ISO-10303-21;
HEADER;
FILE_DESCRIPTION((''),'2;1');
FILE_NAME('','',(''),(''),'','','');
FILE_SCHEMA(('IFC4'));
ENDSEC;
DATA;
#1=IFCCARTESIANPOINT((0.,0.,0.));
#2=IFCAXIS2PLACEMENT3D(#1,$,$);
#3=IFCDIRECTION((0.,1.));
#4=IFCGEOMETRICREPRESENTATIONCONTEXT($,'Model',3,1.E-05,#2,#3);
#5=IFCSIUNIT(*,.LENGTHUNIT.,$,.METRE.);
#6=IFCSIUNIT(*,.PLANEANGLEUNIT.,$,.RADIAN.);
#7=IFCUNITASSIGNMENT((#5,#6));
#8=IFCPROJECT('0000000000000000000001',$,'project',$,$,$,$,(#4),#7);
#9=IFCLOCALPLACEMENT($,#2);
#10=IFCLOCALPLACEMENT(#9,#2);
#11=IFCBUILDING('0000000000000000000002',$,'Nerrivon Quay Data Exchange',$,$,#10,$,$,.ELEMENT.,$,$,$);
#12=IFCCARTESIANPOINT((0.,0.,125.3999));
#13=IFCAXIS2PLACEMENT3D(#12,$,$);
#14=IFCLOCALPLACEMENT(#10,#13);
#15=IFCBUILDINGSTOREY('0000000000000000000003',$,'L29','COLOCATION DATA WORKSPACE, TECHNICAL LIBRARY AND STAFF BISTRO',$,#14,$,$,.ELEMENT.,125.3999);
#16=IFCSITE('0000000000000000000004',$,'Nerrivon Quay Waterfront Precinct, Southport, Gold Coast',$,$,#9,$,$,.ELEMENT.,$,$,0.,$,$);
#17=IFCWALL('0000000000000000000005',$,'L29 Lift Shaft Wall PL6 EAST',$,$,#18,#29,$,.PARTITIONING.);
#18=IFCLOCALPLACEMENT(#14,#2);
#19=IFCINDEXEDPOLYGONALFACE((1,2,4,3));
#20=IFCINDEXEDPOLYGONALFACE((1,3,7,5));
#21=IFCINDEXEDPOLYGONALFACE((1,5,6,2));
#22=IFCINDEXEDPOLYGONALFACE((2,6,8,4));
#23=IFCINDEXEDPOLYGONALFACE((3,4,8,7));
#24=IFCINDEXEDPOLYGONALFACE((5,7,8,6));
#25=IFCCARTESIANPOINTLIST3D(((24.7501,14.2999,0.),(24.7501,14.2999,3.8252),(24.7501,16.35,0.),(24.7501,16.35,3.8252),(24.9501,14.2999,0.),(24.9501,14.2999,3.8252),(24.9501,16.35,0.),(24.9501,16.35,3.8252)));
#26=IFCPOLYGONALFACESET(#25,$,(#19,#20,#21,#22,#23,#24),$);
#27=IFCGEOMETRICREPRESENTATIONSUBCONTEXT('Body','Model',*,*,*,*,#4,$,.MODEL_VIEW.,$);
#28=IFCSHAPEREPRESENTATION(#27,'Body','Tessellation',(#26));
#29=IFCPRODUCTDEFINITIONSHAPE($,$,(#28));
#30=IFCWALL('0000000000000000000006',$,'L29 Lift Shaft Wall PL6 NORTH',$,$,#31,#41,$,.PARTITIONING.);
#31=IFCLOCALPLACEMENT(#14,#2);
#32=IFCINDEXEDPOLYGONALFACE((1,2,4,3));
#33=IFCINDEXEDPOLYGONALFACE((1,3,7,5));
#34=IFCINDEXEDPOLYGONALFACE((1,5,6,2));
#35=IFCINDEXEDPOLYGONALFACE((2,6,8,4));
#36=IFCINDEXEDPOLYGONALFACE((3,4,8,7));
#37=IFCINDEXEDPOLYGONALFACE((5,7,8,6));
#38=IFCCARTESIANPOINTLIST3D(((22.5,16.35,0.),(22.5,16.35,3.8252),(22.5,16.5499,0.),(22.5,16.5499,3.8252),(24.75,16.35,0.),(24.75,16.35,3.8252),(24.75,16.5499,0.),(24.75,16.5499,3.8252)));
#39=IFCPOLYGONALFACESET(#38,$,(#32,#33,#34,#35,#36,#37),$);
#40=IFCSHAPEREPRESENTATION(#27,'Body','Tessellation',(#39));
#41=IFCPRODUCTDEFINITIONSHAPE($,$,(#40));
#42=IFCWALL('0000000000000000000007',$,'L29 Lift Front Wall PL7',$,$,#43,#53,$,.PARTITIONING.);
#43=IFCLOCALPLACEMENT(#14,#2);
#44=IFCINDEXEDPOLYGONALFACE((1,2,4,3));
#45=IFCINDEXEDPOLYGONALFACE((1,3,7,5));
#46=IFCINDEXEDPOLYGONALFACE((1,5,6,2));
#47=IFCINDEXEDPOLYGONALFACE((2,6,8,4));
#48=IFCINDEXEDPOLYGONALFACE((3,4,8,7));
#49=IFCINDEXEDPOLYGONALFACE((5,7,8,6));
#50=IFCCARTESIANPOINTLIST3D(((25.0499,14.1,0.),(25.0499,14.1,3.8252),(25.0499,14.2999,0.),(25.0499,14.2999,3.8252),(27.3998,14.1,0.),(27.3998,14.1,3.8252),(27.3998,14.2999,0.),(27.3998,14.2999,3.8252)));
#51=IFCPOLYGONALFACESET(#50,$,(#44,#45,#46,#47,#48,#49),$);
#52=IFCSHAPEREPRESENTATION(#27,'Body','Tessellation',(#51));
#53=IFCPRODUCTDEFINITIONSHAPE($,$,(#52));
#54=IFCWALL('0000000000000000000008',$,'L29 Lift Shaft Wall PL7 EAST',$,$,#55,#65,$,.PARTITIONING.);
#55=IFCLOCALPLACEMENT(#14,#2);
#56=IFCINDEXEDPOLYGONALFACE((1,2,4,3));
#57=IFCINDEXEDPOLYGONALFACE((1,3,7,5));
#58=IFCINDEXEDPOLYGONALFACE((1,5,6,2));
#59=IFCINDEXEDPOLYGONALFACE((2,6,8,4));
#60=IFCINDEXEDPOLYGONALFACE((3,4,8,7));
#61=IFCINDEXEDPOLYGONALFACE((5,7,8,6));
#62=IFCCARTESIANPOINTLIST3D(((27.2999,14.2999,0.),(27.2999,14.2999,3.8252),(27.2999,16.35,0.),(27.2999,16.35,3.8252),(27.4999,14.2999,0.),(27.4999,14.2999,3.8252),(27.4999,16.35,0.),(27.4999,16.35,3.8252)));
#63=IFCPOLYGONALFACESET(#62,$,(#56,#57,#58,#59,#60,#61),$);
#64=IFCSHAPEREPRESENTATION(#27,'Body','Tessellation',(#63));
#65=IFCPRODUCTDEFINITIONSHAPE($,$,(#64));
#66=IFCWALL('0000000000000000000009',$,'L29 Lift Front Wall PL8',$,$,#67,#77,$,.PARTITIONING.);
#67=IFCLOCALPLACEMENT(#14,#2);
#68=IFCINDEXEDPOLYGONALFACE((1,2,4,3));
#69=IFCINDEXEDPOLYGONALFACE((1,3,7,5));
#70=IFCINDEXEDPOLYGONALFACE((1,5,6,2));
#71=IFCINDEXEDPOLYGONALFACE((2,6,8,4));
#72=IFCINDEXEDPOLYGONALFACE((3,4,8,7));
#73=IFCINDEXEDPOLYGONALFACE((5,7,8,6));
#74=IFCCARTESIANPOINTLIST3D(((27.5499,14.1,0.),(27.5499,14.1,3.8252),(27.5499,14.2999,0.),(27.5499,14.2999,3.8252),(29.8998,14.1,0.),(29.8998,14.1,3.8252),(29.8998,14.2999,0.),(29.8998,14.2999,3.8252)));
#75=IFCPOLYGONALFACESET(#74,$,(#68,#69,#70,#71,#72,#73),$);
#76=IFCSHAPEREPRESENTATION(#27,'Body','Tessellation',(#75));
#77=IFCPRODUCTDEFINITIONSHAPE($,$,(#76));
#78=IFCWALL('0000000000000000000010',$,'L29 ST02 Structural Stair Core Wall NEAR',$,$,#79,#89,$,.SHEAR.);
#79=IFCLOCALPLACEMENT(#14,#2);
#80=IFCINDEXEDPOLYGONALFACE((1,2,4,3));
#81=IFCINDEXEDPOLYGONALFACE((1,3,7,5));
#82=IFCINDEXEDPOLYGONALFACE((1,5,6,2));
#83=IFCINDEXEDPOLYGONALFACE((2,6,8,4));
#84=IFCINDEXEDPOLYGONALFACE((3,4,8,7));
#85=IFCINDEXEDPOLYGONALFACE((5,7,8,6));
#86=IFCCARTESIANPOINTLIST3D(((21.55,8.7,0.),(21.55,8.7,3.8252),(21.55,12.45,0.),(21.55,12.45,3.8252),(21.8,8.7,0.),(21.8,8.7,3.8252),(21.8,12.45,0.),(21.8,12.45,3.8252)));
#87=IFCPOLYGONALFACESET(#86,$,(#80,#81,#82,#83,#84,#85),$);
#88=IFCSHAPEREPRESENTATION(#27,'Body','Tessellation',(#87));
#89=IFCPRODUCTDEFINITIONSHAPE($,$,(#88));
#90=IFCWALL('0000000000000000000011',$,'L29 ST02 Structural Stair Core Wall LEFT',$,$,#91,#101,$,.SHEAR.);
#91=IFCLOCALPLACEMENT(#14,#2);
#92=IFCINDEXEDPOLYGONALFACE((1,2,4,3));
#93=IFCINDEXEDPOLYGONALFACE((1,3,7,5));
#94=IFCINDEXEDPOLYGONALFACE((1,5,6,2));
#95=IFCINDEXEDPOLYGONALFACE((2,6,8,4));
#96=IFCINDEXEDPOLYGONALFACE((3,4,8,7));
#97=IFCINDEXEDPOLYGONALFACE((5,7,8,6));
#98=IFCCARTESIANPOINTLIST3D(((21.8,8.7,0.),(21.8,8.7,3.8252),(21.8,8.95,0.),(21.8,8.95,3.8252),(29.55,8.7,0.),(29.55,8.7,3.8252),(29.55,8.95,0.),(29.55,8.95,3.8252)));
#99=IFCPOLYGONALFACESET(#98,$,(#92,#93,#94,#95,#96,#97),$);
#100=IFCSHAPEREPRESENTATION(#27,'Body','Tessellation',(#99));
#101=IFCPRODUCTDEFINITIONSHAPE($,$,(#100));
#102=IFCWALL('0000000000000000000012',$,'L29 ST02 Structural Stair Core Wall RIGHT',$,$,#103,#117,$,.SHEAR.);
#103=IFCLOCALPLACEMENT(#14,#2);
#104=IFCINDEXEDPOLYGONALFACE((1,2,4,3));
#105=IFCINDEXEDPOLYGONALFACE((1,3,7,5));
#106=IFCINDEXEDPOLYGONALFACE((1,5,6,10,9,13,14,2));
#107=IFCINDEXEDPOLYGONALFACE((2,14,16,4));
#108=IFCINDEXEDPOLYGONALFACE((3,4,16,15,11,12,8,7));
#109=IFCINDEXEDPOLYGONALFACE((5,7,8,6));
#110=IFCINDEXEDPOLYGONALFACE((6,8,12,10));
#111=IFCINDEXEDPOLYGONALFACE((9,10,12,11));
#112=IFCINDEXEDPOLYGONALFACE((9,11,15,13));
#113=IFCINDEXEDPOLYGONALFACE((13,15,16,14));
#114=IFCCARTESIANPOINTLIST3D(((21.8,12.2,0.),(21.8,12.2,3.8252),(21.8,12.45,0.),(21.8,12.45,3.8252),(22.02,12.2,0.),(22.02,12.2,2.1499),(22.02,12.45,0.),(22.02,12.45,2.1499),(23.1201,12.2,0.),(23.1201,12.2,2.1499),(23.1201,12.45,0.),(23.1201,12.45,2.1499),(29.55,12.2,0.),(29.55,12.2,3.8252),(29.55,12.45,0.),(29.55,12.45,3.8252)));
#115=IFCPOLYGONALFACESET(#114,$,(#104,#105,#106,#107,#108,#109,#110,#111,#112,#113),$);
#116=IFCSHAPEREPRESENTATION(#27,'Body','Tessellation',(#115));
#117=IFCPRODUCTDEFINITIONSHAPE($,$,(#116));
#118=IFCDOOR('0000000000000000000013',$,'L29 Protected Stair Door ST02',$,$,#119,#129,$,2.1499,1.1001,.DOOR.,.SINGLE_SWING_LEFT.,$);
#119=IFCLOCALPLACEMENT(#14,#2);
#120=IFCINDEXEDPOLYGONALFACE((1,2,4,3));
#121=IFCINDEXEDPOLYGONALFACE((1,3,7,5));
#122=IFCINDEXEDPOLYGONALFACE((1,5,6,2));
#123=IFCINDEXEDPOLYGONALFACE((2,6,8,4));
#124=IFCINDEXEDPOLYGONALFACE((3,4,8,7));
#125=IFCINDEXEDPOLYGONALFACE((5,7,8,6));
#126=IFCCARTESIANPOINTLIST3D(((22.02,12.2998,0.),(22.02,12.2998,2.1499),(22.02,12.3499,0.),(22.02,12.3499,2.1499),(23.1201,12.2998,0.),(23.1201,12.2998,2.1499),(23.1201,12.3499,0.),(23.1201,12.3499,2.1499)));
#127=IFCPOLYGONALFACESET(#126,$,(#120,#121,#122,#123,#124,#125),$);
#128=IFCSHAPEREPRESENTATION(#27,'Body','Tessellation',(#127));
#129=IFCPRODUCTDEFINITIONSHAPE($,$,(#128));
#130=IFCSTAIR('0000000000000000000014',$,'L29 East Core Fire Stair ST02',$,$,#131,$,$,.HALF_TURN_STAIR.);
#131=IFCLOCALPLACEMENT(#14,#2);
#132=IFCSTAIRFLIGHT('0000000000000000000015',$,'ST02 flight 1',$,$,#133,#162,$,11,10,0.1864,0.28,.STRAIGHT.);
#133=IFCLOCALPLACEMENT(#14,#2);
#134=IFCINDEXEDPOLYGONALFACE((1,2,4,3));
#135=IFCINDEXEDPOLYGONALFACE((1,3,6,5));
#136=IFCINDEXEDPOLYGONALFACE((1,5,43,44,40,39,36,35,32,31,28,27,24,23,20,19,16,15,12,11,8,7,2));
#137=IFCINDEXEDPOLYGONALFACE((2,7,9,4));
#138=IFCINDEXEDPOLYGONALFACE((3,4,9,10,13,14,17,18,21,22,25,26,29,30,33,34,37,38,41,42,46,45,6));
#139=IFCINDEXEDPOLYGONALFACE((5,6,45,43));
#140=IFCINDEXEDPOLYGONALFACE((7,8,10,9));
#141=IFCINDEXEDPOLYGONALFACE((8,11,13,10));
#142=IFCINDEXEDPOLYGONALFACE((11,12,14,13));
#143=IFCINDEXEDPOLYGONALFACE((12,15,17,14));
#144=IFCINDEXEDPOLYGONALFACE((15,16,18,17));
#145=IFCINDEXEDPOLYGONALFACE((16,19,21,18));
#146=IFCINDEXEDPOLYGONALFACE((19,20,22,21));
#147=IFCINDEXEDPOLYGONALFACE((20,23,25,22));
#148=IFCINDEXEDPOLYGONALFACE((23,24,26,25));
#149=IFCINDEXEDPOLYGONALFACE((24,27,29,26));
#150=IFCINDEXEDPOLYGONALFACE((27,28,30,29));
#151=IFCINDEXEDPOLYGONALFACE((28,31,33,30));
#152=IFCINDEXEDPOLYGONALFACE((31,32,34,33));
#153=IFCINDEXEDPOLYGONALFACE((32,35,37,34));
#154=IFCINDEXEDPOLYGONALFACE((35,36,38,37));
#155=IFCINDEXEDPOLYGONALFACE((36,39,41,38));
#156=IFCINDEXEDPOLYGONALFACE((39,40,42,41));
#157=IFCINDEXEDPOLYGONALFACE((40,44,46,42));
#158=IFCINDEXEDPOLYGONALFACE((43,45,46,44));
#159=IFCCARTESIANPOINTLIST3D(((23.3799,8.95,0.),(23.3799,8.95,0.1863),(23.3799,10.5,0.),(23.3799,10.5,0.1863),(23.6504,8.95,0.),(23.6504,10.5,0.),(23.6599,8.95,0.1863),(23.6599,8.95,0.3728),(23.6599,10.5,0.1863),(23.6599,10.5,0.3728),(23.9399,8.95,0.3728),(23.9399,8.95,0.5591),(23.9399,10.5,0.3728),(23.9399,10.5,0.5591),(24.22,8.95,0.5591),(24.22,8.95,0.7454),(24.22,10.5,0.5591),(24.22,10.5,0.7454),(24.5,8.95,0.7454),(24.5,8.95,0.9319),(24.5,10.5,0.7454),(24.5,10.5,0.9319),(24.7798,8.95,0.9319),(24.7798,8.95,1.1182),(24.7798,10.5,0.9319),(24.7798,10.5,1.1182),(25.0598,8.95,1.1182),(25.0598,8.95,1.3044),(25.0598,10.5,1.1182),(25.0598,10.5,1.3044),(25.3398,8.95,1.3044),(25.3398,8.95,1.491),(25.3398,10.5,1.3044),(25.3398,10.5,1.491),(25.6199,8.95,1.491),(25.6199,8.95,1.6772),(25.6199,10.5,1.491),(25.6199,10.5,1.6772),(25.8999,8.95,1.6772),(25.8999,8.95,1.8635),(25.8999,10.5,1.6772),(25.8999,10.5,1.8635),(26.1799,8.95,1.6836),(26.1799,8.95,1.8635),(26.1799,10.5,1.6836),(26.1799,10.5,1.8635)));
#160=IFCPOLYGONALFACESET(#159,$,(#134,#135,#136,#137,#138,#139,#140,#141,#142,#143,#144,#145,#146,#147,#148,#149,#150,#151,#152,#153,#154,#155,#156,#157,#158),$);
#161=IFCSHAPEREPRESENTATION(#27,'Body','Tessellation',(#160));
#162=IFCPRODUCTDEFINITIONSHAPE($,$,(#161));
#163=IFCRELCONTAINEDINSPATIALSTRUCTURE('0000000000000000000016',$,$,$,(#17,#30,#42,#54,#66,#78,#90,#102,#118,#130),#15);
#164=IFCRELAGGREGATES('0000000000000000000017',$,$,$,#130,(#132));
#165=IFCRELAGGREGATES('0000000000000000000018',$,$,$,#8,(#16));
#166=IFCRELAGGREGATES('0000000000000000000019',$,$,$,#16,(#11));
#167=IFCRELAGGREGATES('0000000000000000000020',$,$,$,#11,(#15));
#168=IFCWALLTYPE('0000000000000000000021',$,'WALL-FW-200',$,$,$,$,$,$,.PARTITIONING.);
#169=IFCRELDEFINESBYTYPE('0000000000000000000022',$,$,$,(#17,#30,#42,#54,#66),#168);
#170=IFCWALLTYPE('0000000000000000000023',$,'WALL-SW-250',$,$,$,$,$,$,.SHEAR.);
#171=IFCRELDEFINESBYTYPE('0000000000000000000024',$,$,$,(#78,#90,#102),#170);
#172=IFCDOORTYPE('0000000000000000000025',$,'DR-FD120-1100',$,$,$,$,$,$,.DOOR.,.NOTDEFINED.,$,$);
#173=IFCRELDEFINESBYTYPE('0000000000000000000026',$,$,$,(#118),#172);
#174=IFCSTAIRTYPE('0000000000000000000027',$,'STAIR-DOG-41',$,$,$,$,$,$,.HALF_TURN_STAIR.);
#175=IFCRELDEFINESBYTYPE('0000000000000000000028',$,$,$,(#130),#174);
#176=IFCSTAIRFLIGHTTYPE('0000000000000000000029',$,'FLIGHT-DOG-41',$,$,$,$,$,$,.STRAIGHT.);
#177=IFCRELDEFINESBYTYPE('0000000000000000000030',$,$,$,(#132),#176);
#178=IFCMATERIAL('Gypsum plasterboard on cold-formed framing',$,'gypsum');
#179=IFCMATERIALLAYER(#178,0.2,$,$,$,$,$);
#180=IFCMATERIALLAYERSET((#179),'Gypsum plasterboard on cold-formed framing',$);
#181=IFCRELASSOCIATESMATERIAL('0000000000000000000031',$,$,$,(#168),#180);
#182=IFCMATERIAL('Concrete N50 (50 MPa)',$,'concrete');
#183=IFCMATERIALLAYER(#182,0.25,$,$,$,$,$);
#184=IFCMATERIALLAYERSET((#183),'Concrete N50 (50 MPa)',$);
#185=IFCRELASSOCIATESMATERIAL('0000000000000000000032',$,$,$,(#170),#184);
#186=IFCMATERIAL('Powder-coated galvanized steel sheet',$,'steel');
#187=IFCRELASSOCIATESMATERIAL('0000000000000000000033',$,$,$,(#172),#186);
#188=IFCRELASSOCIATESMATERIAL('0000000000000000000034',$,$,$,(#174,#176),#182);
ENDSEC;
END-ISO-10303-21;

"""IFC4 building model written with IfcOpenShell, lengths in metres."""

from ifc_helpers import new_model, si_unit, direction, frame, frame_2d, origin, place, context, subcontext, project, spatial, polyline, rectangle, outline, extrude, material, layer, layer_set, type_object, element, fill, aggregate, save


model = new_model("IFC4")

# Units and contexts
model_context = context("Model", 3, precision=1e-05, world=origin(), true_north=direction((0.0, 1.0)))
body_context = subcontext(model_context, "Body", "Model", "MODEL_VIEW")
ifc_project = project(units=[si_unit("LENGTHUNIT", "METRE"), si_unit("PLANEANGLEUNIT", "RADIAN")], contexts=[model_context])

# Site, building, storey
site_placement = place(None, origin())
site = spatial("IfcSite", under=ifc_project, at=site_placement, Name="Nerrivon Quay Waterfront Precinct, Southport, Gold Coast", CompositionType="ELEMENT", RefElevation=0.0)
building_placement = place(site_placement, origin())
building = spatial("IfcBuilding", under=site, at=building_placement, Name="Nerrivon Quay Data Exchange", CompositionType="ELEMENT")
storey_placement = place(building_placement, frame((0.0, 0.0, 125.3999)))
storey = spatial("IfcBuildingStorey", under=building, at=storey_placement, Name="L29", Description="COLOCATION DATA WORKSPACE, TECHNICAL LIBRARY AND STAFF BISTRO", CompositionType="ELEMENT", Elevation=125.3999)

# Shared definitions
ifc_material_1 = material(Name="Gypsum plasterboard on cold-formed framing", Category="gypsum")
ifc_layer_1 = layer(ifc_material_1, 0.2)
ifc_layer_set_1 = layer_set([ifc_layer_1], Name="Gypsum plasterboard on cold-formed framing")
wall_type_1 = type_object("IfcWallType", Name="WALL-FW-200", PredefinedType="PARTITIONING", material=ifc_layer_set_1)

# Shared definitions
ifc_material_2 = material(Name="Powder-coated galvanized steel sheet", Category="steel")

# Walls
wall_1_placement = place(storey_placement, frame((24.8501, 14.3, 0.0), z_axis=(0.0, 0.0, 1.0), x_axis=(0.0, 1.0, 0.0)))
element("IfcWall", 1, at=wall_1_placement, inside=storey, type_object=wall_type_1, Name="L29 Lift Shaft Wall PL6 EAST", PredefinedType="PARTITIONING", context=body_context, shape_type="SweptSolid", body=[
    extrude(rectangle(XDim=2.05, YDim=0.2, at=frame_2d((1.0249, 0.0))), origin(), (0.0, 0.0, 1.0), 3.8252),
])
wall_2_placement = place(storey_placement, frame((22.5, 16.45, 0.0), z_axis=(0.0, 0.0, 1.0), x_axis=(1.0, 0.0, 0.0)))
element("IfcWall", 2, at=wall_2_placement, inside=storey, type_object=wall_type_1, Name="L29 Lift Shaft Wall PL6 NORTH", PredefinedType="PARTITIONING", context=body_context, shape_type="SweptSolid", body=[
    extrude(rectangle(XDim=2.25, YDim=0.2, at=frame_2d((1.125, 0.0))), origin(), (0.0, 0.0, 1.0), 3.8252),
])
wall_3_placement = place(storey_placement, frame((25.05, 14.2, 0.0), z_axis=(0.0, 0.0, 1.0), x_axis=(1.0, 0.0, 0.0)))
element("IfcWall", 3, at=wall_3_placement, inside=storey, type_object=wall_type_1, Name="L29 Lift Front Wall PL7", PredefinedType="PARTITIONING", context=body_context, shape_type="SweptSolid", body=[
    extrude(rectangle(XDim=2.3499, YDim=0.2, at=frame_2d((1.1748, 0.0))), origin(), (0.0, 0.0, 1.0), 3.8252),
])
wall_4_placement = place(storey_placement, frame((27.3999, 14.3, 0.0), z_axis=(0.0, 0.0, 1.0), x_axis=(0.0, 1.0, 0.0)))
element("IfcWall", 4, at=wall_4_placement, inside=storey, type_object=wall_type_1, Name="L29 Lift Shaft Wall PL7 EAST", PredefinedType="PARTITIONING", context=body_context, shape_type="SweptSolid", body=[
    extrude(rectangle(XDim=2.05, YDim=0.2, at=frame_2d((1.0249, 0.0))), origin(), (0.0, 0.0, 1.0), 3.8252),
])
wall_5_placement = place(storey_placement, frame((27.55, 14.2, 0.0), z_axis=(0.0, 0.0, 1.0), x_axis=(1.0, 0.0, 0.0)))
element("IfcWall", 5, at=wall_5_placement, inside=storey, type_object=wall_type_1, Name="L29 Lift Front Wall PL8", PredefinedType="PARTITIONING", context=body_context, shape_type="SweptSolid", body=[
    extrude(rectangle(XDim=2.3499, YDim=0.2, at=frame_2d((1.1748, 0.0))), origin(), (0.0, 0.0, 1.0), 3.8252),
])
ifc_material_3 = material(Name="Concrete N50 (50 MPa)", Category="concrete")
ifc_layer_2 = layer(ifc_material_3, 0.25)
ifc_layer_set_2 = layer_set([ifc_layer_2], Name="Concrete N50 (50 MPa)")
wall_type_2 = type_object("IfcWallType", Name="WALL-SW-250", PredefinedType="SHEAR", material=ifc_layer_set_2)
wall_6_placement = place(storey_placement, frame((21.675, 8.7, 0.0), z_axis=(0.0, 0.0, 1.0), x_axis=(0.0, 1.0, 0.0)))
element("IfcWall", 6, at=wall_6_placement, inside=storey, type_object=wall_type_2, Name="L29 ST02 Structural Stair Core Wall NEAR", PredefinedType="SHEAR", context=body_context, shape_type="SweptSolid", body=[
    extrude(rectangle(XDim=3.75, YDim=0.25, at=frame_2d((1.875, 0.0))), origin(), (0.0, 0.0, 1.0), 3.8252),
])
wall_7_placement = place(storey_placement, frame((21.8, 8.825, 0.0), z_axis=(0.0, 0.0, 1.0), x_axis=(1.0, 0.0, 0.0)))
element("IfcWall", 7, at=wall_7_placement, inside=storey, type_object=wall_type_2, Name="L29 ST02 Structural Stair Core Wall LEFT", PredefinedType="SHEAR", context=body_context, shape_type="SweptSolid", body=[
    extrude(rectangle(XDim=7.75, YDim=0.25, at=frame_2d((3.875, 0.0))), origin(), (0.0, 0.0, 1.0), 3.8252),
])

# Wall, opening, door
wall_8_placement = place(storey_placement, frame((21.8, 12.325, 0.0), z_axis=(0.0, 0.0, 1.0), x_axis=(1.0, 0.0, 0.0)))
wall_8 = element("IfcWall", 8, at=wall_8_placement, inside=storey, type_object=wall_type_2, Name="L29 ST02 Structural Stair Core Wall RIGHT", PredefinedType="SHEAR", context=body_context, shape_type="SweptSolid", body=[
    extrude(rectangle(XDim=7.75, YDim=0.25, at=frame_2d((3.875, 0.0))), origin(), (0.0, 0.0, 1.0), 3.8252),
])
opening_1_placement = place(wall_8_placement, frame((0.22, 0.0, 0.0)))
opening_1 = element("IfcOpeningElement", 9, at=opening_1_placement, cuts=wall_8, PredefinedType="OPENING", context=body_context, shape_type="SweptSolid", body=[
    extrude(rectangle(XDim=1.1001, YDim=2.1499, at=frame_2d((0.55, 1.075))), frame((0.0, 0.135, 0.0), z_axis=(0.0, -1.0, 0.0), x_axis=(1.0, 0.0, 0.0)), (0.0, 0.0, 1.0), 0.27),
])
door_type_1 = type_object("IfcDoorType", Name="DR-FD120-1100", OperationType="NOTDEFINED", PredefinedType="DOOR", material=ifc_material_2)
door_1_placement = place(opening_1_placement, origin())
door_1 = element("IfcDoor", 10, at=door_1_placement, inside=storey, type_object=door_type_1, Name="L29 Protected Stair Door ST02", OperationType="SINGLE_SWING_LEFT", OverallHeight=2.1499, OverallWidth=1.1001, PredefinedType="DOOR", context=body_context, shape_type="SweptSolid", body=[
    extrude(rectangle(XDim=1.1001, YDim=2.1499, at=frame_2d((0.55, 1.075))), frame((0.0, 0.0249, 0.0), z_axis=(0.0, -1.0, 0.0), x_axis=(1.0, 0.0, 0.0)), (0.0, 0.0, 1.0), 0.05),
])
fill(opening_1, door_1)

# Stair, stair flight
stair_type = type_object("IfcStairType", Name="STAIR-DOG-41", PredefinedType="HALF_TURN_STAIR", material=ifc_material_3)
stair_placement = place(storey_placement, origin())
stair = element("IfcStair", 11, at=stair_placement, inside=storey, type_object=stair_type, Name="L29 East Core Fire Stair ST02", PredefinedType="HALF_TURN_STAIR")
stair_flight_type = type_object("IfcStairFlightType", Name="FLIGHT-DOG-41", PredefinedType="STRAIGHT", material=ifc_material_3)
stair_flight_1_placement = place(storey_placement, frame((23.3799, 9.7251, 0.0), z_axis=(0.0, 0.0, 1.0), x_axis=(1.0, 0.0, 0.0)))
stair_flight_1 = element("IfcStairFlight", 12, at=stair_flight_1_placement, type_object=stair_flight_type, Name="ST02 flight 1", NumberOfRisers=11, NumberOfTreads=10, PredefinedType="STRAIGHT", RiserHeight=0.1864, TreadLength=0.28, context=body_context, shape_type="SweptSolid", body=[
    extrude(outline(polyline([(0.0, 0.0), (0.0, 0.1863), (0.28, 0.1863), (0.28, 0.3728), (0.5601, 0.3728), (0.5601, 0.5591), (0.8401, 0.5591), (0.8401, 0.7454), (1.1201, 0.7454), (1.1201, 0.9319), (1.3999, 0.9319), (1.3999, 1.1182), (1.6799, 1.1182), (1.6799, 1.3044), (1.96, 1.3044), (1.96, 1.491), (2.24, 1.491), (2.24, 1.6772), (2.52, 1.6772), (2.52, 1.8635), (2.8, 1.8635), (2.8, 2.05), (2.8, 1.6836), (0.2705, 0.0), (0.0, 0.0)])), frame((0.0, 0.7749, 0.0), z_axis=(0.0, -1.0, 0.0), x_axis=(1.0, 0.0, 0.0)), (0.0, 0.0, 1.0), 1.55),
])
aggregate(stair, [stair_flight_1])

save(model, "model.ifc")
